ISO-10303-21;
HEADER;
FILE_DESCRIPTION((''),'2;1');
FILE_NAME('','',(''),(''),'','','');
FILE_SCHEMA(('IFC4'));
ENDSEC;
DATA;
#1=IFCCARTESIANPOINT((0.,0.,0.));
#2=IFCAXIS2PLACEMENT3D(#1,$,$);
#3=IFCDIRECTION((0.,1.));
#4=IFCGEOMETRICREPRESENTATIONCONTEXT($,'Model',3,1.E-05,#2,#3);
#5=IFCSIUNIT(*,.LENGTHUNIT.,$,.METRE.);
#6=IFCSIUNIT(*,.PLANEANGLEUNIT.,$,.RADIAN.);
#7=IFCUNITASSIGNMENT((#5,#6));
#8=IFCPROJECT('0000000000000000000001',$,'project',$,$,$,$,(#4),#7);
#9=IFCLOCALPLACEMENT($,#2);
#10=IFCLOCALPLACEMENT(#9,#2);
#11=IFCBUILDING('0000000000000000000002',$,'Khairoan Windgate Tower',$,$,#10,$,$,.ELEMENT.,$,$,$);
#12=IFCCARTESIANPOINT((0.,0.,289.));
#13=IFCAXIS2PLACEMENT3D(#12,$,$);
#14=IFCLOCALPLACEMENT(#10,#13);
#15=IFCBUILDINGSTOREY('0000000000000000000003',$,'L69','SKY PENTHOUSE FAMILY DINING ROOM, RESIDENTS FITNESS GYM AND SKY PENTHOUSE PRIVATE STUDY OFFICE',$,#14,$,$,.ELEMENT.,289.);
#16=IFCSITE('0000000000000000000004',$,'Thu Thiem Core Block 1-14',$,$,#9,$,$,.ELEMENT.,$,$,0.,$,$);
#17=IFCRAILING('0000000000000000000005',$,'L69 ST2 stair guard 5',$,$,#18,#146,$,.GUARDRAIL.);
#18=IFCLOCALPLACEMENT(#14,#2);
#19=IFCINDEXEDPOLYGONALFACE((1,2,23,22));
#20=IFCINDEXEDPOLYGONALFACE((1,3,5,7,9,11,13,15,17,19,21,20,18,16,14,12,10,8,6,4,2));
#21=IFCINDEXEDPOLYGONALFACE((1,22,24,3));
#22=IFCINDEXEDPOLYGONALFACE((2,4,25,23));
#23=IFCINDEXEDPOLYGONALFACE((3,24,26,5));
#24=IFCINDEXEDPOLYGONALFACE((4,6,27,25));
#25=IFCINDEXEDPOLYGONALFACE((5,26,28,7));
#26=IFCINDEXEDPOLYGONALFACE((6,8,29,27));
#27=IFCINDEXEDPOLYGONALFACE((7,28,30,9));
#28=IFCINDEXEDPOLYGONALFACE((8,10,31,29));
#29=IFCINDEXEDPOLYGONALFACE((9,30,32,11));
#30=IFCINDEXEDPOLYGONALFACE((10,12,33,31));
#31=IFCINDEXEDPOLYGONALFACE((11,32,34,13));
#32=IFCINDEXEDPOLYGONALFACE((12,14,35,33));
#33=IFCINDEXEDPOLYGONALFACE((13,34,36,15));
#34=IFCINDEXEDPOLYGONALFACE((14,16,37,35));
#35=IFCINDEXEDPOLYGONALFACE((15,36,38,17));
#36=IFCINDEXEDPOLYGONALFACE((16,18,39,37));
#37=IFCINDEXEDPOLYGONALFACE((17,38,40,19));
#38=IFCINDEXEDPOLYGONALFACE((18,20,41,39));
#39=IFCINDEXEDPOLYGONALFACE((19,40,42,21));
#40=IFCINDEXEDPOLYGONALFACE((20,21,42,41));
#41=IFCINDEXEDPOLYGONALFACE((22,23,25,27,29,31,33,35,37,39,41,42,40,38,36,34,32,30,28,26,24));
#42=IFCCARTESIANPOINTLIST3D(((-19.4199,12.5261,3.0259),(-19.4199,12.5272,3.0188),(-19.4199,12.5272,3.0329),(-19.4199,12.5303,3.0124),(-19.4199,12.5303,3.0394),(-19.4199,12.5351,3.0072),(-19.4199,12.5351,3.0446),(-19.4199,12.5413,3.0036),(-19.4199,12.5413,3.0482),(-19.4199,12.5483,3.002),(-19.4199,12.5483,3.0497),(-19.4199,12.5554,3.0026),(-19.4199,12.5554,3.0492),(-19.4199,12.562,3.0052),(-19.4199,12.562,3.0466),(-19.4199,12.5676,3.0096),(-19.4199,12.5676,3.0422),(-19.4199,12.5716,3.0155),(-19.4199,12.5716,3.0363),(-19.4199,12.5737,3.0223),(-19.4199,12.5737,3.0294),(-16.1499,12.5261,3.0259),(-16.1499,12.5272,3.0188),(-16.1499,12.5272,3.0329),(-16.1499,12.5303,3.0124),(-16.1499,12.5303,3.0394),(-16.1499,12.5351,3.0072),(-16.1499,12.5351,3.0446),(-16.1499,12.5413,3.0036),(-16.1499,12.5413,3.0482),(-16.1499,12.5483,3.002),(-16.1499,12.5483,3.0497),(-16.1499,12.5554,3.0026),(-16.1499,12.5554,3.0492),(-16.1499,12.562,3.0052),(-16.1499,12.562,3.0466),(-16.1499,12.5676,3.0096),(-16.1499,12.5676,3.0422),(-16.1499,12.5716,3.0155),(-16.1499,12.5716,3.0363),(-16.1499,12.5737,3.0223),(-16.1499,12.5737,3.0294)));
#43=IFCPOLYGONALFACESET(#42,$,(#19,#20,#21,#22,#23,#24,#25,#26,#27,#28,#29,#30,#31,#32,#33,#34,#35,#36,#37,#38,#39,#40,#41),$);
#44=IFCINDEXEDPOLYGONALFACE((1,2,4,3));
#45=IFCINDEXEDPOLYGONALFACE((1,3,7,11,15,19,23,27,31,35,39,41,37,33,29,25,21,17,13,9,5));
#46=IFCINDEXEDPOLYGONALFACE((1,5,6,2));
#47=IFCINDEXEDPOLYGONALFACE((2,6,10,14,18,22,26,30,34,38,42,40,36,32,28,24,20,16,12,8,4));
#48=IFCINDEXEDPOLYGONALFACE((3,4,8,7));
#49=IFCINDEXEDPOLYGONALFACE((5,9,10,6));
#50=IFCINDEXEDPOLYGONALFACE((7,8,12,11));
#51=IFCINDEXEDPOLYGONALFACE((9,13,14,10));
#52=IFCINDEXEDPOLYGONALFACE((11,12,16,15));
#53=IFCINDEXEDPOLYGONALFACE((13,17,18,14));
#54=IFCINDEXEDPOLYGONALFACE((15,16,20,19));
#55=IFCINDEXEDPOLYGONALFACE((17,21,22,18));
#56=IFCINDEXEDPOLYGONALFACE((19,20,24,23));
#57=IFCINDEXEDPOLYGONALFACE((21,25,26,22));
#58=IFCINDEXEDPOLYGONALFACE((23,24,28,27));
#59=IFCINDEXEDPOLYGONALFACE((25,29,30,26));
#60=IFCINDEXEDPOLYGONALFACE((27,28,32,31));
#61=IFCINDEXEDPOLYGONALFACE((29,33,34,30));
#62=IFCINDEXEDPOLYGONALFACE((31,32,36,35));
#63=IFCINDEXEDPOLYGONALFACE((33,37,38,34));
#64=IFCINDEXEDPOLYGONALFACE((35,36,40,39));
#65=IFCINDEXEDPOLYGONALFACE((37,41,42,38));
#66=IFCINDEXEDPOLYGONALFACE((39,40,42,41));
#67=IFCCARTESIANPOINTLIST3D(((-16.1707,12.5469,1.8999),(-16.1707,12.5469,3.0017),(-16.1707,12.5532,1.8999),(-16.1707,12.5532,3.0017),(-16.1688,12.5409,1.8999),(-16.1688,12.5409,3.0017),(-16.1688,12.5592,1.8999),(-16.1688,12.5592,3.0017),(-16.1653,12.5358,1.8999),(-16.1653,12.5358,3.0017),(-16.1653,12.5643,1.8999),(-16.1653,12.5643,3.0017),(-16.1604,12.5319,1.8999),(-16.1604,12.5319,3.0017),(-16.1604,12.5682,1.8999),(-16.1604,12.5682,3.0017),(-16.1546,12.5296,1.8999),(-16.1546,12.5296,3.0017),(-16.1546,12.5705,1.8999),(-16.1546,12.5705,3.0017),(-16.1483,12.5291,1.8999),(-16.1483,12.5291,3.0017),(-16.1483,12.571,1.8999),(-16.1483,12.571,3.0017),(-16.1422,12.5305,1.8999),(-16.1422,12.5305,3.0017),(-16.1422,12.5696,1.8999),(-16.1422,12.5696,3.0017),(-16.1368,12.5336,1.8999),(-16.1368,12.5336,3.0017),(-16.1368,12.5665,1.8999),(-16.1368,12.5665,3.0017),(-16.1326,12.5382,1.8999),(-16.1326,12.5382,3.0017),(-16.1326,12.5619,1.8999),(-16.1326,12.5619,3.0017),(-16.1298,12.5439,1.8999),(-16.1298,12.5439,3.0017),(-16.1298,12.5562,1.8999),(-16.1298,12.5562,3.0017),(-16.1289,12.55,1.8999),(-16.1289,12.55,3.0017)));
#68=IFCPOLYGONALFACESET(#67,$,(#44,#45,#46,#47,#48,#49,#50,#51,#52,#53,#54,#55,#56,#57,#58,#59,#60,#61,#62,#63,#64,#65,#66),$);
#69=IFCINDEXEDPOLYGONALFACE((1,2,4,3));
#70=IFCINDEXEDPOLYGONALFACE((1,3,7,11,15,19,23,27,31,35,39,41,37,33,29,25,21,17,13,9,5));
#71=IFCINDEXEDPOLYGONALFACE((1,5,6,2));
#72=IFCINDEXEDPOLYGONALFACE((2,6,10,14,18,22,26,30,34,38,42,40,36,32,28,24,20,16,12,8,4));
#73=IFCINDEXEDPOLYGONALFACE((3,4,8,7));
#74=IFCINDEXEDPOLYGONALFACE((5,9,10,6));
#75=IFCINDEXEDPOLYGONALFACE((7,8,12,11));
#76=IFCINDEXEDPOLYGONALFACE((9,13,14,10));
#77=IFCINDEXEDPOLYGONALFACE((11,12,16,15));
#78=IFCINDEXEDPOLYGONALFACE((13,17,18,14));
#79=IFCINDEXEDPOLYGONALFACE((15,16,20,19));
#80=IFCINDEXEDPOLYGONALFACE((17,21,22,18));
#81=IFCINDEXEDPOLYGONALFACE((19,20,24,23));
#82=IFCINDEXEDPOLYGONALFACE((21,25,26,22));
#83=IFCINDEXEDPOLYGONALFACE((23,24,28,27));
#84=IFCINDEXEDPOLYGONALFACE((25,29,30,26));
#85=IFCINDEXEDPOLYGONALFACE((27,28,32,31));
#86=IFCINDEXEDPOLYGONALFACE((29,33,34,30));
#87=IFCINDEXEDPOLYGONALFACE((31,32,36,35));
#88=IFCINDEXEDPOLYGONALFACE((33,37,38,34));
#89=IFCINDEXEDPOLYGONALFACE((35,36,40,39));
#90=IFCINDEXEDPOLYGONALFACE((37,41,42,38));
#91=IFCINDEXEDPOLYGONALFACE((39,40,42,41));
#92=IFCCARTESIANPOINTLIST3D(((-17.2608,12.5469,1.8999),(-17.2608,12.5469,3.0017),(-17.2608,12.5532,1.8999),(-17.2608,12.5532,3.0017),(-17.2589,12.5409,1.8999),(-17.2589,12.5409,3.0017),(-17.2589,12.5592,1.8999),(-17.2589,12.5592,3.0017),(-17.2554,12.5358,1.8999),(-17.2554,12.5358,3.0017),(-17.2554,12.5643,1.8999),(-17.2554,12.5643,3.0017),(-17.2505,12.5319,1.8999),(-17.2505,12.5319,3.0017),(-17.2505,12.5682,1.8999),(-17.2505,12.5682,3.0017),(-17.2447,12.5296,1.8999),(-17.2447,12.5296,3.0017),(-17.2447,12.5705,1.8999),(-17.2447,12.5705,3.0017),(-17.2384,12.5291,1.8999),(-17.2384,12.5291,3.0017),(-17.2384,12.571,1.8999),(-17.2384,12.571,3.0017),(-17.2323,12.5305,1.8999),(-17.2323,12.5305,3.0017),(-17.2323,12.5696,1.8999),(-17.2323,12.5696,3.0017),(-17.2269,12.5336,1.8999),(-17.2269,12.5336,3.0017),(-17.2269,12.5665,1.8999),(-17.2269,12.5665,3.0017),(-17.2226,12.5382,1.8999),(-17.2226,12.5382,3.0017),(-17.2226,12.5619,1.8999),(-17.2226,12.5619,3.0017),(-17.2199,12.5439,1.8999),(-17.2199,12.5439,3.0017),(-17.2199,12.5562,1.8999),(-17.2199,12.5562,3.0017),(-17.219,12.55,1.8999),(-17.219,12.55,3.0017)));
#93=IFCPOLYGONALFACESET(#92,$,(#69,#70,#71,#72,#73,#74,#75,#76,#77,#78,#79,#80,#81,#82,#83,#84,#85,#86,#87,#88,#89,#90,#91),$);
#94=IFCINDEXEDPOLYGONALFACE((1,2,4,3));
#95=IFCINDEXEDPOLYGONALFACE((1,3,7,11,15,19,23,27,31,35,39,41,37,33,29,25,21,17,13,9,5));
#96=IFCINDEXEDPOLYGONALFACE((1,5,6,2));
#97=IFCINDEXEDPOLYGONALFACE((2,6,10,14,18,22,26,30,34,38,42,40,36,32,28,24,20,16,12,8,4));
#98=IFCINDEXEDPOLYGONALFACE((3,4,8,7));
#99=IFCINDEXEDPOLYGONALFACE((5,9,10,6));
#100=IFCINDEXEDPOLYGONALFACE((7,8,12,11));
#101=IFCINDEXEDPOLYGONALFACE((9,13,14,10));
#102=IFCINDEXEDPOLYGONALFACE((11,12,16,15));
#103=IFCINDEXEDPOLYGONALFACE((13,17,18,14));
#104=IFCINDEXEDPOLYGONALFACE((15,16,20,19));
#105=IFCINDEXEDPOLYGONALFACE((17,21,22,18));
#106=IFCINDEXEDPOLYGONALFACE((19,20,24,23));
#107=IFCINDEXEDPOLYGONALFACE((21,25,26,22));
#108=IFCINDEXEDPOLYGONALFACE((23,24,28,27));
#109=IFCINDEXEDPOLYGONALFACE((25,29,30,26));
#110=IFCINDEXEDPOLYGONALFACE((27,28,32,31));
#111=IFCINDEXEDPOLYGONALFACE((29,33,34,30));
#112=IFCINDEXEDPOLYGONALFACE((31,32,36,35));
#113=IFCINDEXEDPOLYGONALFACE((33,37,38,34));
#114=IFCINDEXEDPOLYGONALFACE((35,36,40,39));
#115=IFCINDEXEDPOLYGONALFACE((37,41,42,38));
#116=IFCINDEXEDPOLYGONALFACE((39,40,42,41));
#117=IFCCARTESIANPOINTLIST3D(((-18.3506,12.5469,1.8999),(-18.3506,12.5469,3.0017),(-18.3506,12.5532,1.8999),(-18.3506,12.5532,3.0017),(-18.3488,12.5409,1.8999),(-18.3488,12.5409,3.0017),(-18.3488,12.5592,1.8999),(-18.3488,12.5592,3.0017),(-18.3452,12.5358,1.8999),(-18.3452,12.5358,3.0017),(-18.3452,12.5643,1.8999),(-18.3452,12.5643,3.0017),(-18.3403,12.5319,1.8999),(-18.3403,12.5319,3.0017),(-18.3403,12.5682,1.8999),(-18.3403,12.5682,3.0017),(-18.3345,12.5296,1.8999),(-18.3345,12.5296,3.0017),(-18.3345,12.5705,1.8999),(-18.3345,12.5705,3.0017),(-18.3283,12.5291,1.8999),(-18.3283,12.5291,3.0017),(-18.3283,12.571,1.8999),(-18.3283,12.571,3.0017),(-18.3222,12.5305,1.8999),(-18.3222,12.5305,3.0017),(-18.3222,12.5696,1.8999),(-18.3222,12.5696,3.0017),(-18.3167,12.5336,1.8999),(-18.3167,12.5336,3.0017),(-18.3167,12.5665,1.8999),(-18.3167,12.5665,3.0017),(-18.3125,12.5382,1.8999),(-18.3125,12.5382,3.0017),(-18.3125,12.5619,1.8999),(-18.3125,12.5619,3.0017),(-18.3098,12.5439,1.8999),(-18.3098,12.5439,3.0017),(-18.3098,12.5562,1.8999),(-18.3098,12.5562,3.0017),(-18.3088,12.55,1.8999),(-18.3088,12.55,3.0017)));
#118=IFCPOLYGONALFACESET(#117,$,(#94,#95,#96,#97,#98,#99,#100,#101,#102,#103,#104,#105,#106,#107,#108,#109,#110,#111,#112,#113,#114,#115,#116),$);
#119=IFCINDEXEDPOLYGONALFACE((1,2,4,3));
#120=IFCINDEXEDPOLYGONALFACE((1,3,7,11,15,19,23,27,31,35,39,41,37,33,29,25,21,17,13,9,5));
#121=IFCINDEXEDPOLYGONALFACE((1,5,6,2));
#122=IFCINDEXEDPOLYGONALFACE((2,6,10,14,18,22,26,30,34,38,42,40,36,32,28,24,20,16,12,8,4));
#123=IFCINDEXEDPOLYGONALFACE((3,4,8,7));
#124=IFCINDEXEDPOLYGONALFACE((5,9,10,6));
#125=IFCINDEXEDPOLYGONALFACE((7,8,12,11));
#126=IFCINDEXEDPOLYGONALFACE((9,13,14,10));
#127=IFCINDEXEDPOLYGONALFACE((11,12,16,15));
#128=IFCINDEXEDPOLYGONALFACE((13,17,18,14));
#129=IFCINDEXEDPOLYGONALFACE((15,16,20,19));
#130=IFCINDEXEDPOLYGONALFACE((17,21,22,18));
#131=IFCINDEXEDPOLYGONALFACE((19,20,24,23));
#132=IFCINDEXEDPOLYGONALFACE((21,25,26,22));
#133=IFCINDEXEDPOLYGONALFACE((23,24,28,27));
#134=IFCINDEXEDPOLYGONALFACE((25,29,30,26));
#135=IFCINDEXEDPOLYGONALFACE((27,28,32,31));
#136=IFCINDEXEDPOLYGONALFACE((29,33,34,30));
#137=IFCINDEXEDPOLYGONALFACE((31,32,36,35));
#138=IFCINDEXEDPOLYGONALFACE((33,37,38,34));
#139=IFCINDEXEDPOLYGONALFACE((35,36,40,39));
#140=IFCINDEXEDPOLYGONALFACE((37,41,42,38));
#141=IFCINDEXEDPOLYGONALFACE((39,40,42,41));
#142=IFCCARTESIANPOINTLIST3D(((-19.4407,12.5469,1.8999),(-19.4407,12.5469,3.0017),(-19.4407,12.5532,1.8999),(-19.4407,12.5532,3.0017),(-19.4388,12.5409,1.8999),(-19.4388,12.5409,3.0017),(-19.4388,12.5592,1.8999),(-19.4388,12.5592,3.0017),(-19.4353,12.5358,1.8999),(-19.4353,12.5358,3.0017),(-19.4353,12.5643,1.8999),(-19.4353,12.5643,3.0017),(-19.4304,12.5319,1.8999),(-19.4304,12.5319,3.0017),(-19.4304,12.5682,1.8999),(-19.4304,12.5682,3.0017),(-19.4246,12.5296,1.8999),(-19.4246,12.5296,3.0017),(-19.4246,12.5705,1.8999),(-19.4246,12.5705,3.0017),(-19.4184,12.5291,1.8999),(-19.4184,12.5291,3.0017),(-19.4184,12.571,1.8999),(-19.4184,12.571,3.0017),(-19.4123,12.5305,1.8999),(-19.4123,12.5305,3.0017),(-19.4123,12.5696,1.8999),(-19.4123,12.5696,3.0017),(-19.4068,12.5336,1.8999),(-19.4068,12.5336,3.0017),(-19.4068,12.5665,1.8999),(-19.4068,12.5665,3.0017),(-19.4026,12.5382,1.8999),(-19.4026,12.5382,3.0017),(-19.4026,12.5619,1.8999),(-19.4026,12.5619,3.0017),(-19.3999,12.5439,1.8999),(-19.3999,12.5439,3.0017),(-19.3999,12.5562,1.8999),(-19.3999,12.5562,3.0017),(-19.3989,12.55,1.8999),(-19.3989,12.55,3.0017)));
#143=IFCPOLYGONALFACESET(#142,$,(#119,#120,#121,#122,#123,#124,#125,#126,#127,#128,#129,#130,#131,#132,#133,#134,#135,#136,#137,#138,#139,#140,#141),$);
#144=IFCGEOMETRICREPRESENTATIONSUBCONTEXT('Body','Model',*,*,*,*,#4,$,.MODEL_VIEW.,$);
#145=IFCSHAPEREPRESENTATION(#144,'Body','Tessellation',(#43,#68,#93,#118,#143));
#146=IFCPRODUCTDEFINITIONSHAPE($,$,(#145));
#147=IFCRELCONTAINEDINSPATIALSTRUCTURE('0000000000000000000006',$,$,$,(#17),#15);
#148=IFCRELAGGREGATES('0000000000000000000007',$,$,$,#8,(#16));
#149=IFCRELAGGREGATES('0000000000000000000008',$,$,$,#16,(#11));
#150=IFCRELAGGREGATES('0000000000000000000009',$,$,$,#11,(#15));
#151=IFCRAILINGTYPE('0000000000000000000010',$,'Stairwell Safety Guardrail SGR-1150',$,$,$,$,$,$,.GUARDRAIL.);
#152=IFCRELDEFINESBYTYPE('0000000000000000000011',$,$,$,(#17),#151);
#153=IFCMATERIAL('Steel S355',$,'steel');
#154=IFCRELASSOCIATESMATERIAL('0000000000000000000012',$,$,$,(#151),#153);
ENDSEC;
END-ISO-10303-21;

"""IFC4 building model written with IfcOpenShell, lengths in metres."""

from ifc_helpers import new_model, si_unit, direction, frame, origin, origin_2d, place, context, subcontext, project, spatial, circle, extrude, material, type_object, element, save


model = new_model("IFC4")

# Units and contexts
model_context = context("Model", 3, precision=1e-05, world=origin(), true_north=direction((0.0, 1.0)))
body_context = subcontext(model_context, "Body", "Model", "MODEL_VIEW")
ifc_project = project(units=[si_unit("LENGTHUNIT", "METRE"), si_unit("PLANEANGLEUNIT", "RADIAN")], contexts=[model_context])

# Site, building, storey
site_placement = place(None, origin())
site = spatial("IfcSite", under=ifc_project, at=site_placement, Name="Thu Thiem Core Block 1-14", CompositionType="ELEMENT", RefElevation=0.0)
building_placement = place(site_placement, origin())
building = spatial("IfcBuilding", under=site, at=building_placement, Name="Khairoan Windgate Tower", CompositionType="ELEMENT")
storey_placement = place(building_placement, frame((0.0, 0.0, 289.0)))
storey = spatial("IfcBuildingStorey", under=building, at=storey_placement, Name="L69", Description="SKY PENTHOUSE FAMILY DINING ROOM, RESIDENTS FITNESS GYM AND SKY PENTHOUSE PRIVATE STUDY OFFICE", CompositionType="ELEMENT", Elevation=289.0)

# Railing
ifc_material_1 = material(Name="Steel S355", Category="steel")
railing_type = type_object("IfcRailingType", Name="Stairwell Safety Guardrail SGR-1150", PredefinedType="GUARDRAIL", material=ifc_material_1)
railing_1_placement = place(storey_placement, frame((-16.1499, 12.55, 1.8999)))
element("IfcRailing", 1, at=railing_1_placement, inside=storey, type_object=railing_type, Name="L69 ST2 stair guard 5", PredefinedType="GUARDRAIL", context=body_context, shape_type="SweptSolid", body=[
    extrude(circle(Radius=0.0239, at=origin_2d()), frame((0.0, 0.0, 1.126), z_axis=(-1.0, 0.0, 0.0), x_axis=(0.0, -1.0, 0.0)), (0.0, 0.0, 1.0), 3.27),
    extrude(circle(Radius=0.021, at=origin_2d()), origin(), (0.0, 0.0, 1.0), 1.1018),
    extrude(circle(Radius=0.021, at=origin_2d()), frame((-1.0901, 0.0, 0.0)), (0.0, 0.0, 1.0), 1.1018),
    extrude(circle(Radius=0.021, at=origin_2d()), frame((-2.1799, 0.0, 0.0)), (0.0, 0.0, 1.0), 1.1018),
    extrude(circle(Radius=0.021, at=origin_2d()), frame((-3.27, 0.0, 0.0)), (0.0, 0.0, 1.0), 1.1018),
])

save(model, "model.ifc")
